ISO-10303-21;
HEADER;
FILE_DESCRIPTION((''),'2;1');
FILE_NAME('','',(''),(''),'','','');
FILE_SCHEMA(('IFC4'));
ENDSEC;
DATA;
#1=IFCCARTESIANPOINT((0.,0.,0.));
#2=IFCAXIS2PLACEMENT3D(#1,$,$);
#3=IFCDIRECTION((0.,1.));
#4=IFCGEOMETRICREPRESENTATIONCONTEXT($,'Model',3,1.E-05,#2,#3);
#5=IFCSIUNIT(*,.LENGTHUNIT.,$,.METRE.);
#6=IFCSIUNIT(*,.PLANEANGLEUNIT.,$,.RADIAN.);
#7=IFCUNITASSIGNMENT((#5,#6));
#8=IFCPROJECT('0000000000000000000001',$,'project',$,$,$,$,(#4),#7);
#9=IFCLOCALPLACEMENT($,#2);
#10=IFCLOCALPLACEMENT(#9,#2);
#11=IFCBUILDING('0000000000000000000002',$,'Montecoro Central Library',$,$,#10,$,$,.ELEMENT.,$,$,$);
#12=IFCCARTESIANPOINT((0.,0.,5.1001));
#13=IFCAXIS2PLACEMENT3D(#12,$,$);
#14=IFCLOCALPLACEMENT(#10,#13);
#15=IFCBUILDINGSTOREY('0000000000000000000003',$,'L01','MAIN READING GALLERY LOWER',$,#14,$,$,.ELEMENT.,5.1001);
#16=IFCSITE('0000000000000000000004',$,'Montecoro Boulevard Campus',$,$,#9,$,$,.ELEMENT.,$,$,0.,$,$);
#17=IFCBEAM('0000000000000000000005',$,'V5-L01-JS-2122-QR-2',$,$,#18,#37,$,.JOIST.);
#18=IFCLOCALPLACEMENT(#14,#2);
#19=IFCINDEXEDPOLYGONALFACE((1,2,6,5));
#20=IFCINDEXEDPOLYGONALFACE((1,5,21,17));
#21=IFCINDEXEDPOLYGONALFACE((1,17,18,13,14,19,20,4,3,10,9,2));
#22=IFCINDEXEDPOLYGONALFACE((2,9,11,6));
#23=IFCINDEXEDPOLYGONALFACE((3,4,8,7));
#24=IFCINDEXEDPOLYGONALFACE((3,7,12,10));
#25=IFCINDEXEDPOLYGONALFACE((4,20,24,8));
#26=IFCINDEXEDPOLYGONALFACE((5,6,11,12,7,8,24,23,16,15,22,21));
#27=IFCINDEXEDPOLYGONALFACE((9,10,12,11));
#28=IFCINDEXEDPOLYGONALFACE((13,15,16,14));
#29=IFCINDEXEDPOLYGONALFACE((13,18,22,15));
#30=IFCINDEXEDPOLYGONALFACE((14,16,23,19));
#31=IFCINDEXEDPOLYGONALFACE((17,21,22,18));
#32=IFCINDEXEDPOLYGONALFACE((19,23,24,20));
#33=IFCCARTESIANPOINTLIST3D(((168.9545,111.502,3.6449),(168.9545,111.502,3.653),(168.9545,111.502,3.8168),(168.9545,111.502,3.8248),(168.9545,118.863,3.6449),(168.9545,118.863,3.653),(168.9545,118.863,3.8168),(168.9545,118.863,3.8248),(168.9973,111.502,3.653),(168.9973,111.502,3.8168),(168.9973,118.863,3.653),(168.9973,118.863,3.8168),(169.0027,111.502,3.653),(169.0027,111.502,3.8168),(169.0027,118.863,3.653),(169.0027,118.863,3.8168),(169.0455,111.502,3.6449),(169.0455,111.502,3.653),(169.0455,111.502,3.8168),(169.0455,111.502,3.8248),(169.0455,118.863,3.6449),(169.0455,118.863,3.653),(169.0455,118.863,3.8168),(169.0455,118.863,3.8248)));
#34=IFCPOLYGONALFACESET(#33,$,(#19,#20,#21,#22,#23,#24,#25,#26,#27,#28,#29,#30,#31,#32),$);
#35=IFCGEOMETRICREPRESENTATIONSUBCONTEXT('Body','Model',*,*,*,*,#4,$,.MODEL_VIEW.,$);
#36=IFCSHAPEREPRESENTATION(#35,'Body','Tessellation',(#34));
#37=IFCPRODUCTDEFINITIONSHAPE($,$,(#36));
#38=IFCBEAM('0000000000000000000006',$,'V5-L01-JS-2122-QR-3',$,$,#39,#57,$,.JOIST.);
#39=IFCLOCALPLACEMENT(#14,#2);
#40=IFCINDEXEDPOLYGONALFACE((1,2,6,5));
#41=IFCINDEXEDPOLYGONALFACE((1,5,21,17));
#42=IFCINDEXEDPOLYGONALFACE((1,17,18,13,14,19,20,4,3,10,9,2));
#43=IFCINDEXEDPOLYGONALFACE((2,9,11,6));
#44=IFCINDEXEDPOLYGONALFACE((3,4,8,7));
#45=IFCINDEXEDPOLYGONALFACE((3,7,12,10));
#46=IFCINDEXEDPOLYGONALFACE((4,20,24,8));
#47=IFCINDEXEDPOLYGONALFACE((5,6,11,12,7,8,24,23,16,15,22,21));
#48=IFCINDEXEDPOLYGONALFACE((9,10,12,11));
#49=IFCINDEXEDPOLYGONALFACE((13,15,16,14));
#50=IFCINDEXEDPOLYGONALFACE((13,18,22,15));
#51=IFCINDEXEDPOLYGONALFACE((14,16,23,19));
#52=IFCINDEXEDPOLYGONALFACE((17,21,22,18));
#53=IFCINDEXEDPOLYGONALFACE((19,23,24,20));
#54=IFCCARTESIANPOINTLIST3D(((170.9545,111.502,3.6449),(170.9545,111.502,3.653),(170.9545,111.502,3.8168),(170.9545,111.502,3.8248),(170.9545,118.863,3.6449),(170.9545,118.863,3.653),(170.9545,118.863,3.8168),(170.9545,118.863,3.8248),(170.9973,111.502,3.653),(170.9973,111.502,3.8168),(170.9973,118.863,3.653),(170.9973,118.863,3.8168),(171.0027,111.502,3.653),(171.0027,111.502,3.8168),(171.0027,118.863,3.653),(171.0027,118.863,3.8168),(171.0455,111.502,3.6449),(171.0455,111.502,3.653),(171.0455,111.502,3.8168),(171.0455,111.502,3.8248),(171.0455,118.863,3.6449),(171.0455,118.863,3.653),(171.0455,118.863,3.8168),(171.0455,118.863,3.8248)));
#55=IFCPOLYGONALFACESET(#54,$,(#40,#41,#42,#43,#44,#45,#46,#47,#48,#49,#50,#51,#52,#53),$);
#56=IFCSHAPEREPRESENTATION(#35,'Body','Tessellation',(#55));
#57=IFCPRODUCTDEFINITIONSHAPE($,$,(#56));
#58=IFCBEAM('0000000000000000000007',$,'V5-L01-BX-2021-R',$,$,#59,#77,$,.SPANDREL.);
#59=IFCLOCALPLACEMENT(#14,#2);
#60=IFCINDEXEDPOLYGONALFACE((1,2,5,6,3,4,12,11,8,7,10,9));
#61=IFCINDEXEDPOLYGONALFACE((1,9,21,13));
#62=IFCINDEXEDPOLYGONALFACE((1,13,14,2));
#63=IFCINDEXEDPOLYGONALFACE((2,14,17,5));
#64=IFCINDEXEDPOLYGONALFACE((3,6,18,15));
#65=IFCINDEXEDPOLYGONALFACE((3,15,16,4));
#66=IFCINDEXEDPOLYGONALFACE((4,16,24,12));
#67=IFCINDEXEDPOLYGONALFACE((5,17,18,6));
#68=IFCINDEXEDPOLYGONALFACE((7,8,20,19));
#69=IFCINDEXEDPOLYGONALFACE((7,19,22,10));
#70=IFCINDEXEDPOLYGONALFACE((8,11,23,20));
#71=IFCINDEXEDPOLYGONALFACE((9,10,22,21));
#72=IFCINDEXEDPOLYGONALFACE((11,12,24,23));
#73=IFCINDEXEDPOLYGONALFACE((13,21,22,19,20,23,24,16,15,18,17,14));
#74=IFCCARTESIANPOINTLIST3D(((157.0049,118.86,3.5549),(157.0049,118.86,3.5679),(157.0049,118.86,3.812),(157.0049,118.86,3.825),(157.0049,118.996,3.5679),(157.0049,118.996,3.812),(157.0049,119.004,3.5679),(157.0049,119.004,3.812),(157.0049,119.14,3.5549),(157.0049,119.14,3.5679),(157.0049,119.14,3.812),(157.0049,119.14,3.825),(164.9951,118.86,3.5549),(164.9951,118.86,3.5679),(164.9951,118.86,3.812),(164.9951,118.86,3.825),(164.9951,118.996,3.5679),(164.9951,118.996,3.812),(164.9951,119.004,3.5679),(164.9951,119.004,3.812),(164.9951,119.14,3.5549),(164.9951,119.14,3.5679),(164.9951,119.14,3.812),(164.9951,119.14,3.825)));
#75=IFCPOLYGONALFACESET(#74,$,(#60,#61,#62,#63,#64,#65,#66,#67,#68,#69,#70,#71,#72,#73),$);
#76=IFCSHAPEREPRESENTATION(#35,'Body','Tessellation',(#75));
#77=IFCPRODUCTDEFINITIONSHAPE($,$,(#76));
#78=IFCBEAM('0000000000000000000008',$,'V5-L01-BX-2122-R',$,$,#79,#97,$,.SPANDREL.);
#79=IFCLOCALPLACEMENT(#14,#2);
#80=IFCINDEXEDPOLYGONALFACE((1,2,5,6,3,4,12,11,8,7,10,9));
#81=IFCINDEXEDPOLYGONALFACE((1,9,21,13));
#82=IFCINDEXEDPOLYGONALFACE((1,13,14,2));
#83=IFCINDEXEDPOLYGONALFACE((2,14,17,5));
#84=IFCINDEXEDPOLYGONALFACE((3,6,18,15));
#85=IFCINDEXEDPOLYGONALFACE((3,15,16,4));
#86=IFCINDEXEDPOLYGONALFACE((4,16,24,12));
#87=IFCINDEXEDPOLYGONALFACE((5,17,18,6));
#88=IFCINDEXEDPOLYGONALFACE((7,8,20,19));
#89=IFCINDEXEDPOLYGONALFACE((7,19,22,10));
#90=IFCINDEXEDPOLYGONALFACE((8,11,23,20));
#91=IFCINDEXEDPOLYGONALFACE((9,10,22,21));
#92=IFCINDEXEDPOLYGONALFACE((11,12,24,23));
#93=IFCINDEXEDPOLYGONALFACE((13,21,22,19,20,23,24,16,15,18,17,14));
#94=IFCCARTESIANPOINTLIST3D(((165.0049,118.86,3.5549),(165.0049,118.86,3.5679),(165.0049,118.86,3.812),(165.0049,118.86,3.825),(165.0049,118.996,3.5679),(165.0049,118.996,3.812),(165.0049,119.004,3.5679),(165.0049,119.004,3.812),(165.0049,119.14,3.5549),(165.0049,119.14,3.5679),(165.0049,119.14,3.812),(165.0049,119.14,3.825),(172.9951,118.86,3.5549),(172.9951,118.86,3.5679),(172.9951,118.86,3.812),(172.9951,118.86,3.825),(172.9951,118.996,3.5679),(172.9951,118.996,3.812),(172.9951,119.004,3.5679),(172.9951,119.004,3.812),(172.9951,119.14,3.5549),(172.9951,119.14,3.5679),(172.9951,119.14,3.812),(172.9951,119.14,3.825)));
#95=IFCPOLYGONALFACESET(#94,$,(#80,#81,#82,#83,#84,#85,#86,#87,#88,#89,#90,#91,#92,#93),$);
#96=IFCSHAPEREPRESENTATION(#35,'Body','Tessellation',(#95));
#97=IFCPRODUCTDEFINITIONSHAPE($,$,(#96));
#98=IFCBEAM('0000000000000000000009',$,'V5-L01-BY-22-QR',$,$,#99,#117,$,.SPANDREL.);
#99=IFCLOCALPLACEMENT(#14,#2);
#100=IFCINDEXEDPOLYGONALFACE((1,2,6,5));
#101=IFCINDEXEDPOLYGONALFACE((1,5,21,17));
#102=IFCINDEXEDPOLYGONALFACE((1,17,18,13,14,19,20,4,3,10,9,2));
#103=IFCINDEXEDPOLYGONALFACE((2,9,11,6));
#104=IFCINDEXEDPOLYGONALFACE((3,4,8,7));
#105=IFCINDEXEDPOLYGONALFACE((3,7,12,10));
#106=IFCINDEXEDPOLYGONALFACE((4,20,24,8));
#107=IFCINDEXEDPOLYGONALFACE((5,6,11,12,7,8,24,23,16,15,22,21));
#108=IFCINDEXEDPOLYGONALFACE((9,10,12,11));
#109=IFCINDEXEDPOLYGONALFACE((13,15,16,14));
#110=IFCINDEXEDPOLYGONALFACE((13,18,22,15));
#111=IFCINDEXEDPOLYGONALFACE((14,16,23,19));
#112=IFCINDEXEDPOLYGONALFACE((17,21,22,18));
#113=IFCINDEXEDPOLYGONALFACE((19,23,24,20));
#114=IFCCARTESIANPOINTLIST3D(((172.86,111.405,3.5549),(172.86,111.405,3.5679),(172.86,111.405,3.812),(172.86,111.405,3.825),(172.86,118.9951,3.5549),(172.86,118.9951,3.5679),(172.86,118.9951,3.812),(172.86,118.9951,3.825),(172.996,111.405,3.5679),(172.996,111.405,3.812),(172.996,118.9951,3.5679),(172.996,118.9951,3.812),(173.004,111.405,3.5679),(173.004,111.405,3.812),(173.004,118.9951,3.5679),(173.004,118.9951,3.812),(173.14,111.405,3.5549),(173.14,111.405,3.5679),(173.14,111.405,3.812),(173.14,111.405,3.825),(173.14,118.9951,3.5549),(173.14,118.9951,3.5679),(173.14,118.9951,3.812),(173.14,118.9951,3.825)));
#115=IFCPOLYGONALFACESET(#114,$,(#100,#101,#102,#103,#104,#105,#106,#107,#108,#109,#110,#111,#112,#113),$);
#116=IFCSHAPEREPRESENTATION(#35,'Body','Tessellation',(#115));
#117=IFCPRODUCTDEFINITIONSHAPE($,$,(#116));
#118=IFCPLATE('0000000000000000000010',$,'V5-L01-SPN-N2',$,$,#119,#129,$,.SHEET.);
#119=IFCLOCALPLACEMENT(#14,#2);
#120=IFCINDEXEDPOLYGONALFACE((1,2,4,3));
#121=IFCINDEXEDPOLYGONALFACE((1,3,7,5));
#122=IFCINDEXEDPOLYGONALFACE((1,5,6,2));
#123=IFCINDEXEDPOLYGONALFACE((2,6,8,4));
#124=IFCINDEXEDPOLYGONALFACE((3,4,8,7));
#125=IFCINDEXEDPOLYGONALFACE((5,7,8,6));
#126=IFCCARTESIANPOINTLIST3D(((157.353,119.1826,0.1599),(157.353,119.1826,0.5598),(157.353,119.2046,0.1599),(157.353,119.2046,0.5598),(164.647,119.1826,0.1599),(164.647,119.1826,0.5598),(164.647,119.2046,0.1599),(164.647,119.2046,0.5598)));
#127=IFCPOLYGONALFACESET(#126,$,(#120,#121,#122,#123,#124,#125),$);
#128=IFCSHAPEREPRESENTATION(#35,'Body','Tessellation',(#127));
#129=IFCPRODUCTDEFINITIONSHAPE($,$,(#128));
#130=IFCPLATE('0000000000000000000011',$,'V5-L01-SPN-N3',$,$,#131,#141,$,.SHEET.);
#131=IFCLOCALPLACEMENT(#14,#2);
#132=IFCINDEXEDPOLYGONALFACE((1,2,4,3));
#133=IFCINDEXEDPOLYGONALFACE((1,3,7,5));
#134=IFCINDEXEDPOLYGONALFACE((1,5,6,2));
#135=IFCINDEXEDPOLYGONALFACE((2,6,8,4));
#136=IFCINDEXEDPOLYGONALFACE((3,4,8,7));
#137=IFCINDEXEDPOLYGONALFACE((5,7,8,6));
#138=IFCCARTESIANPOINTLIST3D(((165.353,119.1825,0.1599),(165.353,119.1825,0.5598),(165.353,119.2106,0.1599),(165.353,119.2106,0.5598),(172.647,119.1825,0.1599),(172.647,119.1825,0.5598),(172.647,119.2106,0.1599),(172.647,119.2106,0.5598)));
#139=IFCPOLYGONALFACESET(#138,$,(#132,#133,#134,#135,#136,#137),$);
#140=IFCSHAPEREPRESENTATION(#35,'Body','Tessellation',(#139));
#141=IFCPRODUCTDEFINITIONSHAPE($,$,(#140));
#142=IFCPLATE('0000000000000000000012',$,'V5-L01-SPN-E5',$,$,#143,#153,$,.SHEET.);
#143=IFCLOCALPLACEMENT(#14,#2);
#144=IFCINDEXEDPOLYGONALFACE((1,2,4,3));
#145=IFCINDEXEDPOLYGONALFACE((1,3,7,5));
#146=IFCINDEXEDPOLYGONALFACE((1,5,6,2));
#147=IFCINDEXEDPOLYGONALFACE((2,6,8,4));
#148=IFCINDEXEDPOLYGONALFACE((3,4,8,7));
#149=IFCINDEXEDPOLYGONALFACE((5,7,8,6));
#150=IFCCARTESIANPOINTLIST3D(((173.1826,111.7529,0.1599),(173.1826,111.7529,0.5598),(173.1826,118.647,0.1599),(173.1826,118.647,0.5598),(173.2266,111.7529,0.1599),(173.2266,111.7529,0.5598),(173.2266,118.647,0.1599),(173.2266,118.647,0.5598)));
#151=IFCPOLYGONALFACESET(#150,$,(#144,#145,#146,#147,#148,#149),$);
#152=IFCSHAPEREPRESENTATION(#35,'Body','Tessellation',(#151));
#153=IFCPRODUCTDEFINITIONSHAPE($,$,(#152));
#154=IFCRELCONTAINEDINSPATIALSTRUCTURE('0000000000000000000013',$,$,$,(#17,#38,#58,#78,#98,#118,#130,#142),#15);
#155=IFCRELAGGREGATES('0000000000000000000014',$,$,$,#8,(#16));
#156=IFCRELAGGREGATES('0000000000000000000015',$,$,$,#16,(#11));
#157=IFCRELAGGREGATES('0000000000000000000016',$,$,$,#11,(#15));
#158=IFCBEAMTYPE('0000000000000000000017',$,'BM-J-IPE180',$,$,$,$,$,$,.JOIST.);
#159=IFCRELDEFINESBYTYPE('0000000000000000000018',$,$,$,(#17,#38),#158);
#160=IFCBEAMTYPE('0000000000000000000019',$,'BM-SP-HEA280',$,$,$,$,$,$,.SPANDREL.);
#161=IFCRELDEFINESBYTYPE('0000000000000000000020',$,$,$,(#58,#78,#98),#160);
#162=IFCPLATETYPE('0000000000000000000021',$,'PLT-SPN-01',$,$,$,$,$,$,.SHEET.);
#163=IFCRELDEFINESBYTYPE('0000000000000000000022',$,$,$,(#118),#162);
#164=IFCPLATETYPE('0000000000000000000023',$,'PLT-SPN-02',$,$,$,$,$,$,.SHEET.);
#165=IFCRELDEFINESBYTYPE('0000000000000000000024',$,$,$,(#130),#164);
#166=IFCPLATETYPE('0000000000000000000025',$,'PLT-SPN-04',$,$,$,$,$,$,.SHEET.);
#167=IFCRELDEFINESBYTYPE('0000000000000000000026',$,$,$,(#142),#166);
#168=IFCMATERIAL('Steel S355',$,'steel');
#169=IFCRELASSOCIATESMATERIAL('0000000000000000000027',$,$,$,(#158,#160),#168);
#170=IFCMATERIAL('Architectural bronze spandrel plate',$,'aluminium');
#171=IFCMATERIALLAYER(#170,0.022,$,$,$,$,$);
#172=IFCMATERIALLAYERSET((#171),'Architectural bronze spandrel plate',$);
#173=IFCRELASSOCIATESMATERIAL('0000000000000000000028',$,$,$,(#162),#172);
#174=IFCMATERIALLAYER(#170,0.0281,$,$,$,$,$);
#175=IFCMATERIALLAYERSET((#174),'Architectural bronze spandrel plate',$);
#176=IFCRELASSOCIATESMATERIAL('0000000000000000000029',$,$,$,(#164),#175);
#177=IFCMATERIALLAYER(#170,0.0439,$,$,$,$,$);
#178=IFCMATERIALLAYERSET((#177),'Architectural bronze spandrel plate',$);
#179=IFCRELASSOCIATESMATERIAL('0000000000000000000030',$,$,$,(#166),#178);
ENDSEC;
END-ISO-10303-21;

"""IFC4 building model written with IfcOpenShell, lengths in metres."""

from ifc_helpers import new_model, si_unit, direction, frame, origin, origin_2d, place, context, subcontext, project, spatial, rectangle, i_section, extrude, material, layer, layer_set, material_profile, profile_set, type_object, element, save


model = new_model("IFC4")

# Units and contexts
model_context = context("Model", 3, precision=1e-05, world=origin(), true_north=direction((0.0, 1.0)))
body_context = subcontext(model_context, "Body", "Model", "MODEL_VIEW")
ifc_project = project(units=[si_unit("LENGTHUNIT", "METRE"), si_unit("PLANEANGLEUNIT", "RADIAN")], contexts=[model_context])

# Site, building, storey
site_placement = place(None, origin())
site = spatial("IfcSite", under=ifc_project, at=site_placement, Name="Montecoro Boulevard Campus", CompositionType="ELEMENT", RefElevation=0.0)
building_placement = place(site_placement, origin())
building = spatial("IfcBuilding", under=site, at=building_placement, Name="Montecoro Central Library", CompositionType="ELEMENT")
storey_placement = place(building_placement, frame((0.0, 0.0, 5.1001)))
storey = spatial("IfcBuildingStorey", under=building, at=storey_placement, Name="L01", Description="MAIN READING GALLERY LOWER", CompositionType="ELEMENT", Elevation=5.1001)

# Shared definitions
ifc_material_1 = material(Name="Steel S355", Category="steel")

# Beams
ifc_material_profile_1 = material_profile(ifc_material_1, i_section(OverallWidth=0.0911, OverallDepth=0.1799, WebThickness=0.0054, FlangeThickness=0.0081, at=origin_2d()), Name="IPE 180")
ifc_profile_set_1 = profile_set([ifc_material_profile_1], Name="Steel S355")
beam_type_1 = type_object("IfcBeamType", Name="BM-J-IPE180", PredefinedType="JOIST", material=ifc_profile_set_1)
for number, where, z_axis, x_axis, name in (
    (1, (169.0, 111.502, 3.7349), (0.0, 1.0, 0.0), (-1.0, 0.0, 0.0), "V5-L01-JS-2122-QR-2"),
    (2, (171.0, 111.502, 3.7349), (0.0, 1.0, 0.0), (-1.0, 0.0, 0.0), "V5-L01-JS-2122-QR-3"),
):
    element("IfcBeam", number, at=place(storey_placement, frame(where, z_axis=z_axis, x_axis=x_axis)), inside=storey, type_object=beam_type_1, Name=name, PredefinedType="JOIST", context=body_context, shape_type="SweptSolid", body=[
        extrude(i_section(OverallWidth=0.0911, OverallDepth=0.1799, WebThickness=0.0054, FlangeThickness=0.0081, at=origin_2d()), origin(), (0.0, 0.0, 1.0), 7.3611),
    ])
ifc_material_profile_2 = material_profile(ifc_material_1, i_section(OverallWidth=0.28, OverallDepth=0.27, WebThickness=0.0081, FlangeThickness=0.0129, at=origin_2d()), Name="HEA 280")
ifc_profile_set_2 = profile_set([ifc_material_profile_2], Name="Steel S355")
beam_type_2 = type_object("IfcBeamType", Name="BM-SP-HEA280", PredefinedType="SPANDREL", material=ifc_profile_set_2)
for number, where, z_axis, x_axis, name in (
    (3, (157.0049, 119.0, 3.6899), (1.0, 0.0, 0.0), (0.0, 1.0, 0.0), "V5-L01-BX-2021-R"),
    (4, (165.0049, 119.0, 3.6899), (1.0, 0.0, 0.0), (0.0, 1.0, 0.0), "V5-L01-BX-2122-R"),
):
    element("IfcBeam", number, at=place(storey_placement, frame(where, z_axis=z_axis, x_axis=x_axis)), inside=storey, type_object=beam_type_2, Name=name, PredefinedType="SPANDREL", context=body_context, shape_type="SweptSolid", body=[
        extrude(i_section(OverallWidth=0.28, OverallDepth=0.27, WebThickness=0.0081, FlangeThickness=0.0129, at=origin_2d()), origin(), (0.0, 0.0, 1.0), 7.9902),
    ])
beam_1_placement = place(storey_placement, frame((173.0, 111.405, 3.6899), z_axis=(0.0, 1.0, 0.0), x_axis=(-1.0, 0.0, 0.0)))
element("IfcBeam", 5, at=beam_1_placement, inside=storey, type_object=beam_type_2, Name="V5-L01-BY-22-QR", PredefinedType="SPANDREL", context=body_context, shape_type="SweptSolid", body=[
    extrude(i_section(OverallWidth=0.28, OverallDepth=0.27, WebThickness=0.0081, FlangeThickness=0.0129, at=origin_2d()), origin(), (0.0, 0.0, 1.0), 7.5901),
])

# Plates
ifc_material_2 = material(Name="Architectural bronze spandrel plate", Category="aluminium")
ifc_layer_1 = layer(ifc_material_2, 0.022)
ifc_layer_set_1 = layer_set([ifc_layer_1], Name="Architectural bronze spandrel plate")
plate_type_1 = type_object("IfcPlateType", Name="PLT-SPN-01", PredefinedType="SHEET", material=ifc_layer_set_1)
plate_1_placement = place(storey_placement, frame((161.0, 119.1936, 0.1599), z_axis=(0.0, 0.0, 1.0), x_axis=(-1.0, 0.0, 0.0)))
element("IfcPlate", 6, at=plate_1_placement, inside=storey, type_object=plate_type_1, Name="V5-L01-SPN-N2", PredefinedType="SHEET", context=body_context, shape_type="SweptSolid", body=[
    extrude(rectangle(XDim=7.2939, YDim=0.022, at=origin_2d()), origin(), (0.0, 0.0, 1.0), 0.3999),
])
ifc_layer_2 = layer(ifc_material_2, 0.0281)
ifc_layer_set_2 = layer_set([ifc_layer_2], Name="Architectural bronze spandrel plate")
plate_type_2 = type_object("IfcPlateType", Name="PLT-SPN-02", PredefinedType="SHEET", material=ifc_layer_set_2)
plate_2_placement = place(storey_placement, frame((169.0, 119.1965, 0.1599), z_axis=(0.0, 0.0, 1.0), x_axis=(-1.0, 0.0, 0.0)))
element("IfcPlate", 7, at=plate_2_placement, inside=storey, type_object=plate_type_2, Name="V5-L01-SPN-N3", PredefinedType="SHEET", context=body_context, shape_type="SweptSolid", body=[
    extrude(rectangle(XDim=7.2939, YDim=0.0281, at=origin_2d()), origin(), (0.0, 0.0, 1.0), 0.3999),
])
ifc_layer_3 = layer(ifc_material_2, 0.0439)
ifc_layer_set_3 = layer_set([ifc_layer_3], Name="Architectural bronze spandrel plate")
plate_type_3 = type_object("IfcPlateType", Name="PLT-SPN-04", PredefinedType="SHEET", material=ifc_layer_set_3)
plate_3_placement = place(storey_placement, frame((173.2046, 115.2, 0.1599), z_axis=(0.0, 0.0, 1.0), x_axis=(0.0, 1.0, 0.0)))
element("IfcPlate", 8, at=plate_3_placement, inside=storey, type_object=plate_type_3, Name="V5-L01-SPN-E5", PredefinedType="SHEET", context=body_context, shape_type="SweptSolid", body=[
    extrude(rectangle(XDim=6.894, YDim=0.0439, at=origin_2d()), origin(), (0.0, 0.0, 1.0), 0.3999),
])

save(model, "model.ifc")
